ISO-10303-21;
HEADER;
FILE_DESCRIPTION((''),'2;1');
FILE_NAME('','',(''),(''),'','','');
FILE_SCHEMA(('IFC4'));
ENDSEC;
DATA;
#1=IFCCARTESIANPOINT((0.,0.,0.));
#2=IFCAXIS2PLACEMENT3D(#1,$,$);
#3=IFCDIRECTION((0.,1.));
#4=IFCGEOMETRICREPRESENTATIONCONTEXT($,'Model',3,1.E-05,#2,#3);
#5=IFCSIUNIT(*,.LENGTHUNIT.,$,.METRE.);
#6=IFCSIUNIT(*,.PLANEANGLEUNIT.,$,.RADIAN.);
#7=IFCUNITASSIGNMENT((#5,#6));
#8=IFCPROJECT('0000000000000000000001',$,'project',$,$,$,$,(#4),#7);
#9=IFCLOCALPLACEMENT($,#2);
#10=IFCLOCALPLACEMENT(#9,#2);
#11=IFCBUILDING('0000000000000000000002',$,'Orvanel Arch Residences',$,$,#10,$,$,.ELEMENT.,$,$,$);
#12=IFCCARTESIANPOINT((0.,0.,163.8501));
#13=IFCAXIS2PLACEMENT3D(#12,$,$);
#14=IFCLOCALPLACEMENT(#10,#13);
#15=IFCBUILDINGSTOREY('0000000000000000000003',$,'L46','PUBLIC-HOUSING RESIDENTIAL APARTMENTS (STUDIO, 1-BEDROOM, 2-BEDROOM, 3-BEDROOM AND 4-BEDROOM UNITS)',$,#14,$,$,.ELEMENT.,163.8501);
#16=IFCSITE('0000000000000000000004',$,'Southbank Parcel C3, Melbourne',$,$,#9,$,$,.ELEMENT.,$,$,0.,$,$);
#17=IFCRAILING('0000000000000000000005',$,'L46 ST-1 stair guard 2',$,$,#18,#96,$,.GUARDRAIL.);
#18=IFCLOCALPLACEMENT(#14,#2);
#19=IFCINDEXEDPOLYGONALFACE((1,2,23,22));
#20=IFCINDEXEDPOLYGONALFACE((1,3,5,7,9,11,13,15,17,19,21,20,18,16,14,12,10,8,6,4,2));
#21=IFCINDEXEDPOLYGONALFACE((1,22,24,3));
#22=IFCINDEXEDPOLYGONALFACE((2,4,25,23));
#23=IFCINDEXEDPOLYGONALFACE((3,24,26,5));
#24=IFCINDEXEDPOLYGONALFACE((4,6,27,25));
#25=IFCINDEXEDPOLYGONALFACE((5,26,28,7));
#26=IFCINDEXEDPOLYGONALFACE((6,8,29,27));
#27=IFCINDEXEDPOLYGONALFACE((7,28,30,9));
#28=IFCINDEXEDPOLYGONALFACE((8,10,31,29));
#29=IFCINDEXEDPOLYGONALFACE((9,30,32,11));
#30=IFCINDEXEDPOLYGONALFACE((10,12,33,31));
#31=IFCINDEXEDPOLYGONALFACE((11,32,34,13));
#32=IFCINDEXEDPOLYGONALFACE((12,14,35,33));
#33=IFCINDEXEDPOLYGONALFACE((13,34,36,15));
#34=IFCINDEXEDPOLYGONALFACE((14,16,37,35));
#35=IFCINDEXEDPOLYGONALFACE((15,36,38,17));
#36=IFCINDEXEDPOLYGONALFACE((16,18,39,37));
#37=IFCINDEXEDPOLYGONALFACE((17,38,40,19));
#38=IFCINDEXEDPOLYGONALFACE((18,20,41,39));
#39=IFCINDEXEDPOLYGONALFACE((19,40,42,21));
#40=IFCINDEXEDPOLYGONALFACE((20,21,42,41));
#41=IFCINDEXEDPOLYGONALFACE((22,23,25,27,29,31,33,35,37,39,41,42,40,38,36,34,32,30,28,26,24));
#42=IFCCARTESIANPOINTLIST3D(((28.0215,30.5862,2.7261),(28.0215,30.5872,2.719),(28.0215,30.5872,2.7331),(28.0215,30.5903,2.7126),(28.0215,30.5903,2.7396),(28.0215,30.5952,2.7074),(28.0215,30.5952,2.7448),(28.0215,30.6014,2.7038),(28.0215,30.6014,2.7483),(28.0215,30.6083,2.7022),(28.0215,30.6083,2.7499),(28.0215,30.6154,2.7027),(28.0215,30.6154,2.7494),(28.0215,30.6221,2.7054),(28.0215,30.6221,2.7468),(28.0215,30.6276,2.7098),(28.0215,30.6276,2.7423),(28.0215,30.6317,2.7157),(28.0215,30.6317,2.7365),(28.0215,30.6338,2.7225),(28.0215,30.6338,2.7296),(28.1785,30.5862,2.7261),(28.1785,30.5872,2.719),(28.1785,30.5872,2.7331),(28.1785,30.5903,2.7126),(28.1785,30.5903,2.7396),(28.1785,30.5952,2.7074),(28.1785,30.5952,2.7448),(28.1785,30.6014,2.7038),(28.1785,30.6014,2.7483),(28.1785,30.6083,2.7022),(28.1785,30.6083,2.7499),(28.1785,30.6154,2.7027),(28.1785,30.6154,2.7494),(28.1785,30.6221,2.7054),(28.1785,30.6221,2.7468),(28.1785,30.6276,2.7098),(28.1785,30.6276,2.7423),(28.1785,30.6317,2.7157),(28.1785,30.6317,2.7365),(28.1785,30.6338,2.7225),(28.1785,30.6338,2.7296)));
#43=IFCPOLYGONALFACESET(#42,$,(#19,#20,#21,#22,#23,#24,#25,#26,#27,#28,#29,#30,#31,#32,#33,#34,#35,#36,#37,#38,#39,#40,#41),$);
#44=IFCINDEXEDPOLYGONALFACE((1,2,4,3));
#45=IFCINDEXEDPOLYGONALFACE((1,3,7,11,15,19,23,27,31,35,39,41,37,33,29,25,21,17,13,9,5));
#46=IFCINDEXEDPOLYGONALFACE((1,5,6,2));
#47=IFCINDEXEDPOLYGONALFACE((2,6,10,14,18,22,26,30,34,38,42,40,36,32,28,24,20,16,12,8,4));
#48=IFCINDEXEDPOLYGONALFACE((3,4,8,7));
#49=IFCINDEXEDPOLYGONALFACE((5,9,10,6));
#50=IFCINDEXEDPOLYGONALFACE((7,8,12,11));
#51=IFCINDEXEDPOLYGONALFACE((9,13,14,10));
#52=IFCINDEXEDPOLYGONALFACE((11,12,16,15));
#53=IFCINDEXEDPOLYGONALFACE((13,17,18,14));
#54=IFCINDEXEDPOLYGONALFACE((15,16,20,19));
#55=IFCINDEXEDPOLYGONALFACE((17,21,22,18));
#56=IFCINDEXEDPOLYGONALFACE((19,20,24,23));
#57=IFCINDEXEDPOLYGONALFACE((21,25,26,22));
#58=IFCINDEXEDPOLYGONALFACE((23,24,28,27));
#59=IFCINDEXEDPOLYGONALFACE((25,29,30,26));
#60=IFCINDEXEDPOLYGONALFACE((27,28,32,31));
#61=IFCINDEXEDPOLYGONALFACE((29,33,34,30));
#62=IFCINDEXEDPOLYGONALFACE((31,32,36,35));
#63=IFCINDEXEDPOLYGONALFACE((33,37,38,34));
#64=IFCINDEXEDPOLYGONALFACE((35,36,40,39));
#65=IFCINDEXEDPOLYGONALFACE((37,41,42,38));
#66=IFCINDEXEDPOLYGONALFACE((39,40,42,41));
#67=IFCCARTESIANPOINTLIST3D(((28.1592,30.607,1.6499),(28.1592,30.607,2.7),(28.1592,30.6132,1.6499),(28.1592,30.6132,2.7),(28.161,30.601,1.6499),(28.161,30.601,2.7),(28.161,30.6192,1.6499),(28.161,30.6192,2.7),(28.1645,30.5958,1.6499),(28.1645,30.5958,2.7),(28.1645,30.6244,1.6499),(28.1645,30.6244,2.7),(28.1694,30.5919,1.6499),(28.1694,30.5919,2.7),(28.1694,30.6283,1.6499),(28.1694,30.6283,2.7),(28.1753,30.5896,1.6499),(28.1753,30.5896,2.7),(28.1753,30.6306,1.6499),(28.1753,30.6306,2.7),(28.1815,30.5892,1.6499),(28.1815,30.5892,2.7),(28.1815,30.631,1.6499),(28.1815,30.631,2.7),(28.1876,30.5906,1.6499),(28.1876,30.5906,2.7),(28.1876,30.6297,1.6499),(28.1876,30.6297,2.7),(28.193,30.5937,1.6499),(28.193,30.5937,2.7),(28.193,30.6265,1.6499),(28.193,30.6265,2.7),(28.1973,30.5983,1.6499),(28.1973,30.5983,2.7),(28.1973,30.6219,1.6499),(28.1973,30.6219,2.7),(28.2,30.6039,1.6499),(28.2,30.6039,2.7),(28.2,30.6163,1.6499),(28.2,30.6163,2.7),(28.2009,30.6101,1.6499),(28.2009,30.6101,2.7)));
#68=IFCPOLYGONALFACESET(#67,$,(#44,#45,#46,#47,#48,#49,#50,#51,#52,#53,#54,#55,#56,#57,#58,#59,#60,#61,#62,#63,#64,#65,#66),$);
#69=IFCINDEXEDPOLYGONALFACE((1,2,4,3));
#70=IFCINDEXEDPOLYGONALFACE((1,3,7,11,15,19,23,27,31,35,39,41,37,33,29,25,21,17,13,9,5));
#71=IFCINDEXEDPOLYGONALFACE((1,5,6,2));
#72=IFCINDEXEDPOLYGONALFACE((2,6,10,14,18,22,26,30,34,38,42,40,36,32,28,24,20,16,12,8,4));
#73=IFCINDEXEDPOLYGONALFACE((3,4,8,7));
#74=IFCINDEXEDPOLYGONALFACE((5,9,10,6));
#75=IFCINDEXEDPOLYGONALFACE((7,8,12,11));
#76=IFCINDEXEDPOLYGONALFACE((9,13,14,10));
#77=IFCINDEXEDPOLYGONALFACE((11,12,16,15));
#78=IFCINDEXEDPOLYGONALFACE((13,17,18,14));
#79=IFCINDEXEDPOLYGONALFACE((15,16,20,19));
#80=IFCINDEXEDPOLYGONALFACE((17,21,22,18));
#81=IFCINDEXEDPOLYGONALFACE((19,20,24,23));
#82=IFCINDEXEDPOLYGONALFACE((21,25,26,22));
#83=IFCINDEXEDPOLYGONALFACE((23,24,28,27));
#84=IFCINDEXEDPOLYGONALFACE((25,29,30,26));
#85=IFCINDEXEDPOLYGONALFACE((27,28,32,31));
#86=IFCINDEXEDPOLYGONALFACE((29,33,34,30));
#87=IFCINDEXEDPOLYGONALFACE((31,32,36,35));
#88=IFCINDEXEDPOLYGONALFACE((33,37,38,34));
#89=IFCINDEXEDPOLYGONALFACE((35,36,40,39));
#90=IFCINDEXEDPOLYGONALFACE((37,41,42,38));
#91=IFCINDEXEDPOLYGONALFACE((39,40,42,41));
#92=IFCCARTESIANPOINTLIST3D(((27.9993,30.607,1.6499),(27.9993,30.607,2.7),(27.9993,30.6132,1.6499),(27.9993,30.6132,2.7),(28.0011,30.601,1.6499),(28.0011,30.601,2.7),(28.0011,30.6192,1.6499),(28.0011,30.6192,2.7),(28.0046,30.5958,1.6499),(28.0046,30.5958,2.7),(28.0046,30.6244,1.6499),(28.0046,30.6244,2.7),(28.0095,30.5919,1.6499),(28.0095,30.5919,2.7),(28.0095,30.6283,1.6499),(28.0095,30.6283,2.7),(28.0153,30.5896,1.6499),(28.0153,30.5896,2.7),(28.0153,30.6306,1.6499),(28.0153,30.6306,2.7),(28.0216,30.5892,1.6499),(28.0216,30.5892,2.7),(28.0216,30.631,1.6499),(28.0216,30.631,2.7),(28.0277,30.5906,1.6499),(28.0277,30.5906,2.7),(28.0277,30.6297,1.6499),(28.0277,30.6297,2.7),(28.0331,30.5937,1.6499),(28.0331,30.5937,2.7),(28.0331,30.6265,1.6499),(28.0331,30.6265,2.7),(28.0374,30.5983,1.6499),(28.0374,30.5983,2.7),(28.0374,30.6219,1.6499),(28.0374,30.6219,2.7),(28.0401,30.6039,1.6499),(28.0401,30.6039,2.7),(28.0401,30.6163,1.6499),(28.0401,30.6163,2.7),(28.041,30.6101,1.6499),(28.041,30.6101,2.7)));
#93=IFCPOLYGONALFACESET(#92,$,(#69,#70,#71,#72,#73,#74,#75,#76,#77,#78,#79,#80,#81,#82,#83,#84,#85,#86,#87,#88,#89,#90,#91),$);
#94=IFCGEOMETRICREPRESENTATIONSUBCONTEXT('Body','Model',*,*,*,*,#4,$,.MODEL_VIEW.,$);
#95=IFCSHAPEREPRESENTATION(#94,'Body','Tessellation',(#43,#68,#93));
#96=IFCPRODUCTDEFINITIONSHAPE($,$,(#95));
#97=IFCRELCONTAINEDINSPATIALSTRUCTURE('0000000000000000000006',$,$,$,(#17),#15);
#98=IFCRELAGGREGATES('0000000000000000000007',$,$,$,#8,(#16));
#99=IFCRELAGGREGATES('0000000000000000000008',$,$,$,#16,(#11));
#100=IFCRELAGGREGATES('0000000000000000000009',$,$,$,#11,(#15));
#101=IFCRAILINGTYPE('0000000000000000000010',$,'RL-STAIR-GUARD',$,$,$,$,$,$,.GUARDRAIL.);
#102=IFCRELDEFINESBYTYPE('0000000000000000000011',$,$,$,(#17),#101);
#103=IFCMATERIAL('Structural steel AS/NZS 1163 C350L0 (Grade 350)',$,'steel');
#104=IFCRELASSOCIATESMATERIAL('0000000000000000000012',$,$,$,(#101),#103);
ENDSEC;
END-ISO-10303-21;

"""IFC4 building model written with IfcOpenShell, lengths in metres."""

from ifc_helpers import new_model, si_unit, direction, frame, origin, origin_2d, place, context, subcontext, project, spatial, circle, extrude, material, type_object, element, save


model = new_model("IFC4")

# Units and contexts
model_context = context("Model", 3, precision=1e-05, world=origin(), true_north=direction((0.0, 1.0)))
body_context = subcontext(model_context, "Body", "Model", "MODEL_VIEW")
ifc_project = project(units=[si_unit("LENGTHUNIT", "METRE"), si_unit("PLANEANGLEUNIT", "RADIAN")], contexts=[model_context])

# Site, building, storey
site_placement = place(None, origin())
site = spatial("IfcSite", under=ifc_project, at=site_placement, Name="Southbank Parcel C3, Melbourne", CompositionType="ELEMENT", RefElevation=0.0)
building_placement = place(site_placement, origin())
building = spatial("IfcBuilding", under=site, at=building_placement, Name="Orvanel Arch Residences", CompositionType="ELEMENT")
storey_placement = place(building_placement, frame((0.0, 0.0, 163.8501)))
storey = spatial("IfcBuildingStorey", under=building, at=storey_placement, Name="L46", Description="PUBLIC-HOUSING RESIDENTIAL APARTMENTS (STUDIO, 1-BEDROOM, 2-BEDROOM, 3-BEDROOM AND 4-BEDROOM UNITS)", CompositionType="ELEMENT", Elevation=163.8501)

# Railing
ifc_material_1 = material(Name="Structural steel AS/NZS 1163 C350L0 (Grade 350)", Category="steel")
railing_type_1 = type_object("IfcRailingType", Name="RL-STAIR-GUARD", PredefinedType="GUARDRAIL", material=ifc_material_1)
railing_1_placement = place(storey_placement, frame((28.1799, 30.6101, 1.6499)))
element("IfcRailing", 1, at=railing_1_placement, inside=storey, type_object=railing_type_1, Name="L46 ST-1 stair guard 2", PredefinedType="GUARDRAIL", context=body_context, shape_type="SweptSolid", body=[
    extrude(circle(Radius=0.0239, at=origin_2d()), frame((-0.0015, 0.0, 1.0762), z_axis=(-1.0, 0.0, 0.0), x_axis=(0.0, -1.0, 0.0)), (0.0, 0.0, 1.0), 0.157),
    extrude(circle(Radius=0.021, at=origin_2d()), origin(), (0.0, 0.0, 1.0), 1.05),
    extrude(circle(Radius=0.021, at=origin_2d()), frame((-0.1599, 0.0, 0.0)), (0.0, 0.0, 1.0), 1.05),
])

save(model, "model.ifc")
